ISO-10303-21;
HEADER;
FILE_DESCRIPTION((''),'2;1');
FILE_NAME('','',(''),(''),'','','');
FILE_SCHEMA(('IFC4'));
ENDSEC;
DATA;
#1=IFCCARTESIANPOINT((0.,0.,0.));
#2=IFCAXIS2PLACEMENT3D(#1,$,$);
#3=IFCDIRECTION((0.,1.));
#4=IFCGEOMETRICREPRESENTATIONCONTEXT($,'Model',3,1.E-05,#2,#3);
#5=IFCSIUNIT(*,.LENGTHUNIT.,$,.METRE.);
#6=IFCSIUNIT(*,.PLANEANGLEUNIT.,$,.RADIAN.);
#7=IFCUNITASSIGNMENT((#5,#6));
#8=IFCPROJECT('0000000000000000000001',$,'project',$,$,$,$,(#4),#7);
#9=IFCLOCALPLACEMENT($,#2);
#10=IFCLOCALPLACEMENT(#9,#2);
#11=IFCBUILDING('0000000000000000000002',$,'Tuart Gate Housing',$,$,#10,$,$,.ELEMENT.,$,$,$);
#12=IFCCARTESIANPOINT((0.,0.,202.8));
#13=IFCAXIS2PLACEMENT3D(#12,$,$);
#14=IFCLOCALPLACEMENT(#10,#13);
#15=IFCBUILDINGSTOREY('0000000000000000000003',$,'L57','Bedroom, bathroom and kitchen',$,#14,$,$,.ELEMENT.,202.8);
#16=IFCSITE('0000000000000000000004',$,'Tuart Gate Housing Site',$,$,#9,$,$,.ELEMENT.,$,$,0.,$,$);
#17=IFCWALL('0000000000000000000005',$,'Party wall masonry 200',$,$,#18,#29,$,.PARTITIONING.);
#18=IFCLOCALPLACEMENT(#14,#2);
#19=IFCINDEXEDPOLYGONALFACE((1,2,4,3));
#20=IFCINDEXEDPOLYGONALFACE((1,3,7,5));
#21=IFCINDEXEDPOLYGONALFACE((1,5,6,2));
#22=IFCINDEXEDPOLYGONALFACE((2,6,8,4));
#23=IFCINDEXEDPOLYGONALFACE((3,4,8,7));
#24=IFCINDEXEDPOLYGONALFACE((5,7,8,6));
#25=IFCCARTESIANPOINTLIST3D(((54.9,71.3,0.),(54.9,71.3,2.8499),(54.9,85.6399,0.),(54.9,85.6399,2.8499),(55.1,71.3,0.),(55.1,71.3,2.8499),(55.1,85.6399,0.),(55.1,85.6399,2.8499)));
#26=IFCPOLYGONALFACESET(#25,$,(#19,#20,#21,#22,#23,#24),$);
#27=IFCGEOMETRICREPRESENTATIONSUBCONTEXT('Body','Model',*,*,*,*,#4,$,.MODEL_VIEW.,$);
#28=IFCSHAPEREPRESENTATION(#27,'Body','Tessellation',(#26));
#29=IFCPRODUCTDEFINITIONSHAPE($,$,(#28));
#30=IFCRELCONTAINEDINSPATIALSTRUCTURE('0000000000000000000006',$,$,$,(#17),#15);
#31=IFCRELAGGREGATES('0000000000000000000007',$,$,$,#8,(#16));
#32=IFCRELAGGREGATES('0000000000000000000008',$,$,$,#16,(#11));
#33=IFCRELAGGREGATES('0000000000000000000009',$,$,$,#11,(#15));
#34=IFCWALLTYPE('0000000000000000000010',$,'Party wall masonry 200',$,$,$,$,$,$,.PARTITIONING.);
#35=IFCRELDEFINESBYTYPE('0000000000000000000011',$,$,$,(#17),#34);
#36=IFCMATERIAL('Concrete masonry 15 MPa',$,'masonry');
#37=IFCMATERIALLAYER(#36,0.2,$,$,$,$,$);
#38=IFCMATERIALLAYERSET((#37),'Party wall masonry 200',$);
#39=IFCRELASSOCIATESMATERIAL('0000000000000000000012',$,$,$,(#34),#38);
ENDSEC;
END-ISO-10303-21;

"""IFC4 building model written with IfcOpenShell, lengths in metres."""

from ifc_helpers import new_model, si_unit, direction, frame, frame_2d, origin, place, context, subcontext, project, spatial, rectangle, extrude, material, layer, layer_set, type_object, element, save


model = new_model("IFC4")

# Units and contexts
model_context = context("Model", 3, precision=1e-05, world=origin(), true_north=direction((0.0, 1.0)))
body_context = subcontext(model_context, "Body", "Model", "MODEL_VIEW")
ifc_project = project(units=[si_unit("LENGTHUNIT", "METRE"), si_unit("PLANEANGLEUNIT", "RADIAN")], contexts=[model_context])

# Site, building, storey
site_placement = place(None, origin())
site = spatial("IfcSite", under=ifc_project, at=site_placement, Name="Tuart Gate Housing Site", CompositionType="ELEMENT", RefElevation=0.0)
building_placement = place(site_placement, origin())
building = spatial("IfcBuilding", under=site, at=building_placement, Name="Tuart Gate Housing", CompositionType="ELEMENT")
storey_placement = place(building_placement, frame((0.0, 0.0, 202.8)))
storey = spatial("IfcBuildingStorey", under=building, at=storey_placement, Name="L57", Description="Bedroom, bathroom and kitchen", CompositionType="ELEMENT", Elevation=202.8)

# Wall
ifc_material_1 = material(Name="Concrete masonry 15 MPa", Category="masonry")
ifc_layer_1 = layer(ifc_material_1, 0.2)
ifc_layer_set_1 = layer_set([ifc_layer_1], Name="Party wall masonry 200")
wall_type_1 = type_object("IfcWallType", Name="Party wall masonry 200", PredefinedType="PARTITIONING", material=ifc_layer_set_1)
wall_1_placement = place(storey_placement, frame((55.0, 71.3, 0.0), z_axis=(0.0, 0.0, 1.0), x_axis=(0.0, 1.0, 0.0)))
element("IfcWall", 1, at=wall_1_placement, inside=storey, type_object=wall_type_1, Name="Party wall masonry 200", PredefinedType="PARTITIONING", context=body_context, shape_type="SweptSolid", body=[
    extrude(rectangle(XDim=14.3398, YDim=0.2, at=frame_2d((7.1699, 0.0))), origin(), (0.0, 0.0, 1.0), 2.8499),
])

save(model, "model.ifc")
